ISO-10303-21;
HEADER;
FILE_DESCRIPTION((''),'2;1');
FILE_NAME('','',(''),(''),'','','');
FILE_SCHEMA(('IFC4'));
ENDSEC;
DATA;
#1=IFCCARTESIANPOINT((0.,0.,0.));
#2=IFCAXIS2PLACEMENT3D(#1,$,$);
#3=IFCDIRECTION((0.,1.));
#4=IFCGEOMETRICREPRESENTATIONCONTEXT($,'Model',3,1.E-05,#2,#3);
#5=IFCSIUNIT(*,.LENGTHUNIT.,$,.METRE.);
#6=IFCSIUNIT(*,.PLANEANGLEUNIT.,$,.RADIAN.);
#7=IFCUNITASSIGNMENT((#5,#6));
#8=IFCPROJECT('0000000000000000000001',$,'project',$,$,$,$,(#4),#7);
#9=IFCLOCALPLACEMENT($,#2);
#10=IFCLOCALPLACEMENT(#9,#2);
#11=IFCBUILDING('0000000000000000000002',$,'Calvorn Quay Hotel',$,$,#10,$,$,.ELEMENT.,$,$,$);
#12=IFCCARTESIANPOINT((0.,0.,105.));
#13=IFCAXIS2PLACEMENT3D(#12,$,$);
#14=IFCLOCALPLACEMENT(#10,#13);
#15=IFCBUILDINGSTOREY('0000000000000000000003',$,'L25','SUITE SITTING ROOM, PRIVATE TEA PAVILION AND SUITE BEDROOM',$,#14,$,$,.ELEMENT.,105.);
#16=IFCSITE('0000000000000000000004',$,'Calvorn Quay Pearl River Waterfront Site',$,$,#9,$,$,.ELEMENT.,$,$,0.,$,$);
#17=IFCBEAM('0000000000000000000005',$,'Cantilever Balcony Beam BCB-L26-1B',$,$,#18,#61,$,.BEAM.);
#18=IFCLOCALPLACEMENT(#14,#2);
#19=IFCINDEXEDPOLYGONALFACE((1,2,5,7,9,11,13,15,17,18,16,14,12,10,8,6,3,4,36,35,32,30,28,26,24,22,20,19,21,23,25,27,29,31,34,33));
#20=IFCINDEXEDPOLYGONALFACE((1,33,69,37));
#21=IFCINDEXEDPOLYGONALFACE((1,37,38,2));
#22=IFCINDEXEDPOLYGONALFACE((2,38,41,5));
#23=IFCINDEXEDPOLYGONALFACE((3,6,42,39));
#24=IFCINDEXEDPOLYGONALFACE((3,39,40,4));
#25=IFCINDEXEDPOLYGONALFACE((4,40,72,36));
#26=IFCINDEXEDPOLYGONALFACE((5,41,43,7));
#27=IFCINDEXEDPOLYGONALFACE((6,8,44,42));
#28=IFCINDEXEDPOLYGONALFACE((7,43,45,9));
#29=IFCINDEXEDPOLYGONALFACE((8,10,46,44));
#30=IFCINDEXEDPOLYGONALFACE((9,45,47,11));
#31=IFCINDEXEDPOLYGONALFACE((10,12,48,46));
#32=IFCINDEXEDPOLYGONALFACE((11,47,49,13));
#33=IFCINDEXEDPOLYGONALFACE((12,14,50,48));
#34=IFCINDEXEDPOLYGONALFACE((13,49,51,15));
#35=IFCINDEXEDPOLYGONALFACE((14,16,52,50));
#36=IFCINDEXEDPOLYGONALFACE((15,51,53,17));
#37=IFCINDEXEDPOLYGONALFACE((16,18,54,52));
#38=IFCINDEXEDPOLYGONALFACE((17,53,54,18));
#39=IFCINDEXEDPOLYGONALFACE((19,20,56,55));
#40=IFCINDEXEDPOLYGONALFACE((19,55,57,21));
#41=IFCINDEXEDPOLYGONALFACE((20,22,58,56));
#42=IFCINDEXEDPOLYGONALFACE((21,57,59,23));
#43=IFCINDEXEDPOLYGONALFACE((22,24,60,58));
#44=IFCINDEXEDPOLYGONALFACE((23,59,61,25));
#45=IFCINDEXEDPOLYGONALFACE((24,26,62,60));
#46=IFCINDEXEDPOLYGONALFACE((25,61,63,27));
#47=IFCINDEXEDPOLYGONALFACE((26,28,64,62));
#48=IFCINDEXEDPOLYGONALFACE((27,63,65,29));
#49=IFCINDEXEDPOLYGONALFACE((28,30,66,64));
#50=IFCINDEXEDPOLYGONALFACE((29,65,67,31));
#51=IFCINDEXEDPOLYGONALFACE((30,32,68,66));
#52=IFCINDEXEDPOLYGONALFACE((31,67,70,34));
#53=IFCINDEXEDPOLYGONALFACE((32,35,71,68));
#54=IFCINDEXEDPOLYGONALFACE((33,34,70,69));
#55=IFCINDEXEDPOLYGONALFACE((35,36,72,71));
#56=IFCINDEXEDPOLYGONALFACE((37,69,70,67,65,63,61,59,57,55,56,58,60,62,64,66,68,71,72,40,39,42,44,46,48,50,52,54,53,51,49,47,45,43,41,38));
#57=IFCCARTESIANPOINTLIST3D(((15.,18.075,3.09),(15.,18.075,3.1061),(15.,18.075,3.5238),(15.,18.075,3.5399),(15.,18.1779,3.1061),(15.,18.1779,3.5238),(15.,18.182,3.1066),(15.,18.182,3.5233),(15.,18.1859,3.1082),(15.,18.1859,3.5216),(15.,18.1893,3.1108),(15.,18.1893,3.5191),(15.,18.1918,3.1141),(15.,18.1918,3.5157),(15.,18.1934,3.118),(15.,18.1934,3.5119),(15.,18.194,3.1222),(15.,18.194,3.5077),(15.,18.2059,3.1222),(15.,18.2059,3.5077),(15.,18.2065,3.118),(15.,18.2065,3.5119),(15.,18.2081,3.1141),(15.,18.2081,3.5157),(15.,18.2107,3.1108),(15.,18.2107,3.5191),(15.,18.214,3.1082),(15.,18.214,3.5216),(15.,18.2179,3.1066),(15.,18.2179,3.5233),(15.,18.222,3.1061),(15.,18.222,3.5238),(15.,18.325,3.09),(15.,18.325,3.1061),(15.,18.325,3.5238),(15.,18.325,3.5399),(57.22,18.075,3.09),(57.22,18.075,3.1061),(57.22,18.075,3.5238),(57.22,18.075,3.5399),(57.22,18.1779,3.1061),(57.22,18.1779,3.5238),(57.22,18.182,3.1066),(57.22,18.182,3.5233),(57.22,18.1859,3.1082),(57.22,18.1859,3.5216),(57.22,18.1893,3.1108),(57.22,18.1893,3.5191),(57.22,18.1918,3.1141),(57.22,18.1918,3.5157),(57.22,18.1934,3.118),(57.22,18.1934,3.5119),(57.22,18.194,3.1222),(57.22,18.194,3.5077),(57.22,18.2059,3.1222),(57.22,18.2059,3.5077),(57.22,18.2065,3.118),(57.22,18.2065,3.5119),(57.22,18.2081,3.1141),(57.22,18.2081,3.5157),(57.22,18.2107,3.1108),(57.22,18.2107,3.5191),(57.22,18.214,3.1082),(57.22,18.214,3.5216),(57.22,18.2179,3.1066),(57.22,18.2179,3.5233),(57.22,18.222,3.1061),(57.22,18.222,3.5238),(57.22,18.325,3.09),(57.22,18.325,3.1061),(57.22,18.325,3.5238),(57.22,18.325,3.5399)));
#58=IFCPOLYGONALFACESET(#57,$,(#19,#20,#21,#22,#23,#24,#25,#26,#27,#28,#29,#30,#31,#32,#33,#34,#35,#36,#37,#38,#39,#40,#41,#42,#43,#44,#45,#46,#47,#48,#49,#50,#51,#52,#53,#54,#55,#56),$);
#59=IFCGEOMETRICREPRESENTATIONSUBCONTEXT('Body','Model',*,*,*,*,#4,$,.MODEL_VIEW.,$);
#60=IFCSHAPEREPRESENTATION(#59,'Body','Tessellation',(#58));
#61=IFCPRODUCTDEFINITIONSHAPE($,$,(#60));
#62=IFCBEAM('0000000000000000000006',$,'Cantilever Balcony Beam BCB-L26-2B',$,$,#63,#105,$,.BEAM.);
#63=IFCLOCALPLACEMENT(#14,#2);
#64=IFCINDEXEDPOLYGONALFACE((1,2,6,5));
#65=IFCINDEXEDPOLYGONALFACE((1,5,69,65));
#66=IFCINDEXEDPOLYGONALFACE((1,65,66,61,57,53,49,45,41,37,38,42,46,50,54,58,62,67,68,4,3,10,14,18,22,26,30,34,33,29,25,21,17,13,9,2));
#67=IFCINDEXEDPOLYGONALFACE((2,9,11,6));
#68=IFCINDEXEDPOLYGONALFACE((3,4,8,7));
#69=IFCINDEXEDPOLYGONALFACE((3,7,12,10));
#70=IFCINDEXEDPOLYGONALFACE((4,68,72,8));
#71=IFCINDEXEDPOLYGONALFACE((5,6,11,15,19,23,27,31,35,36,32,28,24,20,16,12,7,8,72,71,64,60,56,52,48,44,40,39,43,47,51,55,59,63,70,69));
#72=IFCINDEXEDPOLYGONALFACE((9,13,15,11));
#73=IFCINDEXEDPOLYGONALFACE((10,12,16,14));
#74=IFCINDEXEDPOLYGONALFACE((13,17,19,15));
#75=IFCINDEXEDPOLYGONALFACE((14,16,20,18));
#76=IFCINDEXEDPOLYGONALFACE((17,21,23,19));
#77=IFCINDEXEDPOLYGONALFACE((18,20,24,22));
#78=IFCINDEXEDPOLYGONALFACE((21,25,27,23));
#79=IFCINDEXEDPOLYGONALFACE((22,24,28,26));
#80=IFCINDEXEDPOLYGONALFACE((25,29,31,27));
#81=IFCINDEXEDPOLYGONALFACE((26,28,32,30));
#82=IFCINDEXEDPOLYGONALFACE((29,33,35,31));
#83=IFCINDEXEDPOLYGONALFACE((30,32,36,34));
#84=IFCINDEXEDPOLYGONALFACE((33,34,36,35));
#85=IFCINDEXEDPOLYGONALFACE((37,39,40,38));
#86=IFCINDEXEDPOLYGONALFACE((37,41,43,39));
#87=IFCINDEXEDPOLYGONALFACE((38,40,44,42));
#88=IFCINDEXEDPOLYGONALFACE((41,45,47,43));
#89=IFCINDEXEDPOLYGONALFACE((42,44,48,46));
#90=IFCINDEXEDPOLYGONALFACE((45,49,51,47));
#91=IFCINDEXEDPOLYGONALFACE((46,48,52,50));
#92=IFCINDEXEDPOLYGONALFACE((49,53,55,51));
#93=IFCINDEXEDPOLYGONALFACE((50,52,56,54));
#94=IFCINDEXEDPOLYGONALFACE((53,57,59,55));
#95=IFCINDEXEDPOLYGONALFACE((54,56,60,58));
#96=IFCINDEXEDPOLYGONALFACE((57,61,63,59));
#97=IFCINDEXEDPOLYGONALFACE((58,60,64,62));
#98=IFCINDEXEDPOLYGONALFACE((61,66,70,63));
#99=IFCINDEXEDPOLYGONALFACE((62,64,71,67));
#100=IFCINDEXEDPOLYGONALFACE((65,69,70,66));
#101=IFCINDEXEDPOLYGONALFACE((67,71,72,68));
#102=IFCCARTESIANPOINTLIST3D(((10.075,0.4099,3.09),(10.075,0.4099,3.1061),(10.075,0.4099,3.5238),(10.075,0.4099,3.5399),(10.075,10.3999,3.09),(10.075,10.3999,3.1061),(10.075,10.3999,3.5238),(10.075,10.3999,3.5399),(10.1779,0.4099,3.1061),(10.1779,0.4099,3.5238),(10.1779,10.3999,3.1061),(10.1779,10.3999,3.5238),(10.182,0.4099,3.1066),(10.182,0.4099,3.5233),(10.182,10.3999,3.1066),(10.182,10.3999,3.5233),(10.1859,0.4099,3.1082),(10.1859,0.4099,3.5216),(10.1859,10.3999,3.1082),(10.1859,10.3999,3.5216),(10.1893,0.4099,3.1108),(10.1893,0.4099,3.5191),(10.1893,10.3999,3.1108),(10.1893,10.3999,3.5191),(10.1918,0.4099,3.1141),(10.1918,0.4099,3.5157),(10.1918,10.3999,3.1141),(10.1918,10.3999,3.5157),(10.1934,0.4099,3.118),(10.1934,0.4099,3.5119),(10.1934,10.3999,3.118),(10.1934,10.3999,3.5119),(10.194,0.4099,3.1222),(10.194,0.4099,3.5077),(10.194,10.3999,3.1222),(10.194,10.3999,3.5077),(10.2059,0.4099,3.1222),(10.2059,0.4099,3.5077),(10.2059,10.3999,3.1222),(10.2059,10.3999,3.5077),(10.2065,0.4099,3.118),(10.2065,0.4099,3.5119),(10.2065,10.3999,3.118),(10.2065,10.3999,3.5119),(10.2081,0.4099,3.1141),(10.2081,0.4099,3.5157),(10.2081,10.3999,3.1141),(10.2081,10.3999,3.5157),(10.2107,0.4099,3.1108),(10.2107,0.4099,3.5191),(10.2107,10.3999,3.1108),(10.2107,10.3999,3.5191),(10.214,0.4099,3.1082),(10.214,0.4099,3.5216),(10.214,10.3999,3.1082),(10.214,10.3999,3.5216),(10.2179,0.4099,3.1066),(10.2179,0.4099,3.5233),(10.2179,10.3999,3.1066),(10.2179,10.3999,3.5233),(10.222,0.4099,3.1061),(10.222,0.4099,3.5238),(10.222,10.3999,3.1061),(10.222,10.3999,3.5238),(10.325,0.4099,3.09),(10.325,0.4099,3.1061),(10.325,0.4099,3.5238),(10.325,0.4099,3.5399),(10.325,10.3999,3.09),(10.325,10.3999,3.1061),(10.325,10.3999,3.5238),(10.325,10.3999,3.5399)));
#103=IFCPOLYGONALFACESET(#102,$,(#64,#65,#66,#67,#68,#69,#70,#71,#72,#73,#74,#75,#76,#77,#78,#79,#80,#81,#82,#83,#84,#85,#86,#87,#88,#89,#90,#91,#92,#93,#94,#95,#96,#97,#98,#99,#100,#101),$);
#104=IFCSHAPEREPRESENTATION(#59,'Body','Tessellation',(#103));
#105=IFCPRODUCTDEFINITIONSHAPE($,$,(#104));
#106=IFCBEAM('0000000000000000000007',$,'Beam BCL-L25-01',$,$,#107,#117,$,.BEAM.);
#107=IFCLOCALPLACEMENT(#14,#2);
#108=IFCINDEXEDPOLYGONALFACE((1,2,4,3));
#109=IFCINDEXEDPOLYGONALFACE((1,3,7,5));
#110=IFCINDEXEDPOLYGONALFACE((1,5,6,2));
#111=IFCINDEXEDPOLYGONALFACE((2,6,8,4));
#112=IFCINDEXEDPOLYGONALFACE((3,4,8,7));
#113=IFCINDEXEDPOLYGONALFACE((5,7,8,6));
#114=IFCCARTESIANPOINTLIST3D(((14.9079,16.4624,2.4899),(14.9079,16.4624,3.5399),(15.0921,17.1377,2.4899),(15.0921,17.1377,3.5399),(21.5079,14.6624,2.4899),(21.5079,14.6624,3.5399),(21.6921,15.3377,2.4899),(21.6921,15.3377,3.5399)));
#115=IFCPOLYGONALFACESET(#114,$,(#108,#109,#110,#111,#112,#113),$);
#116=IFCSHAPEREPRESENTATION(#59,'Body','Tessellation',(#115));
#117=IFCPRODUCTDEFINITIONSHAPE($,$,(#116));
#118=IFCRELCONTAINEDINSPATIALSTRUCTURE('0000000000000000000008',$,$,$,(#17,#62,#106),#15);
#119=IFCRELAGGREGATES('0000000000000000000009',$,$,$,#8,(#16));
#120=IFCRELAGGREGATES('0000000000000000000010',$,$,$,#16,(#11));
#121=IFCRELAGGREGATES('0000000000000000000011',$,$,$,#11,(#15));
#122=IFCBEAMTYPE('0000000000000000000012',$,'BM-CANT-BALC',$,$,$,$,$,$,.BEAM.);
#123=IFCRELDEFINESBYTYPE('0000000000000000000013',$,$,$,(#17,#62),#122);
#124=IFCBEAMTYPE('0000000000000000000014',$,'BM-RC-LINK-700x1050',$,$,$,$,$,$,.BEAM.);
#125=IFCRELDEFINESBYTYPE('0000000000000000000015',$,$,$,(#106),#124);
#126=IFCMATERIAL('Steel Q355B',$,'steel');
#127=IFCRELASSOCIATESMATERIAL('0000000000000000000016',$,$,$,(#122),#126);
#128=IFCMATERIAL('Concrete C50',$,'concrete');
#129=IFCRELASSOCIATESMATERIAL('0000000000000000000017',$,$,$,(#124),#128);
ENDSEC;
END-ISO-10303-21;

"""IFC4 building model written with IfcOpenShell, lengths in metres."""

from ifc_helpers import new_model, si_unit, direction, frame, origin, origin_2d, place, context, subcontext, project, spatial, rectangle, i_section, extrude, material, material_profile, profile_set, type_object, element, save


model = new_model("IFC4")

# Units and contexts
model_context = context("Model", 3, precision=1e-05, world=origin(), true_north=direction((0.0, 1.0)))
body_context = subcontext(model_context, "Body", "Model", "MODEL_VIEW")
ifc_project = project(units=[si_unit("LENGTHUNIT", "METRE"), si_unit("PLANEANGLEUNIT", "RADIAN")], contexts=[model_context])

# Site, building, storey
site_placement = place(None, origin())
site = spatial("IfcSite", under=ifc_project, at=site_placement, Name="Calvorn Quay Pearl River Waterfront Site", CompositionType="ELEMENT", RefElevation=0.0)
building_placement = place(site_placement, origin())
building = spatial("IfcBuilding", under=site, at=building_placement, Name="Calvorn Quay Hotel", CompositionType="ELEMENT")
storey_placement = place(building_placement, frame((0.0, 0.0, 105.0)))
storey = spatial("IfcBuildingStorey", under=building, at=storey_placement, Name="L25", Description="SUITE SITTING ROOM, PRIVATE TEA PAVILION AND SUITE BEDROOM", CompositionType="ELEMENT", Elevation=105.0)

# Beams
ifc_material_1 = material(Name="Steel Q355B", Category="steel")
ifc_material_profile_1 = material_profile(ifc_material_1, i_section(OverallWidth=0.25, OverallDepth=0.45, WebThickness=0.012, FlangeThickness=0.0161, FilletRadius=0.0161, at=origin_2d()), Name="HN450x250x12x16")
ifc_profile_set_1 = profile_set([ifc_material_profile_1], Name="Steel Q355B")
beam_type_1 = type_object("IfcBeamType", Name="BM-CANT-BALC", PredefinedType="BEAM", material=ifc_profile_set_1)
beam_1_placement = place(storey_placement, frame((15.0, 18.2, 3.3149), z_axis=(1.0, 0.0, 0.0), x_axis=(0.0, 1.0, 0.0)))
element("IfcBeam", 1, at=beam_1_placement, inside=storey, type_object=beam_type_1, Name="Cantilever Balcony Beam BCB-L26-1B", PredefinedType="BEAM", context=body_context, shape_type="SweptSolid", body=[
    extrude(i_section(OverallWidth=0.25, OverallDepth=0.45, WebThickness=0.012, FlangeThickness=0.0161, FilletRadius=0.0161, at=origin_2d()), origin(), (0.0, 0.0, 1.0), 42.22),
])
beam_2_placement = place(storey_placement, frame((10.2, 10.3999, 3.3149), z_axis=(0.0, -1.0, 0.0), x_axis=(1.0, 0.0, 0.0)))
element("IfcBeam", 2, at=beam_2_placement, inside=storey, type_object=beam_type_1, Name="Cantilever Balcony Beam BCB-L26-2B", PredefinedType="BEAM", context=body_context, shape_type="SweptSolid", body=[
    extrude(i_section(OverallWidth=0.25, OverallDepth=0.45, WebThickness=0.012, FlangeThickness=0.0161, FilletRadius=0.0161, at=origin_2d()), origin(), (0.0, 0.0, 1.0), 9.99),
])
ifc_material_2 = material(Name="Concrete C50", Category="concrete")
ifc_material_profile_2 = material_profile(ifc_material_2, rectangle(XDim=0.7, YDim=1.05, at=origin_2d()), Name="RCB700x1050")
ifc_profile_set_2 = profile_set([ifc_material_profile_2], Name="Concrete C50")
beam_type_2 = type_object("IfcBeamType", Name="BM-RC-LINK-700x1050", PredefinedType="BEAM", material=ifc_profile_set_2)
beam_3_placement = place(storey_placement, frame((15.0, 16.8, 3.0149), z_axis=(0.964763, -0.26312, 0.0), x_axis=(0.26312, 0.964763, 0.0)))
element("IfcBeam", 3, at=beam_3_placement, inside=storey, type_object=beam_type_2, Name="Beam BCL-L25-01", PredefinedType="BEAM", context=body_context, shape_type="SweptSolid", body=[
    extrude(rectangle(XDim=0.7, YDim=1.05, at=origin_2d()), origin(), (0.0, 0.0, 1.0), 6.8411),
])

save(model, "model.ifc")
